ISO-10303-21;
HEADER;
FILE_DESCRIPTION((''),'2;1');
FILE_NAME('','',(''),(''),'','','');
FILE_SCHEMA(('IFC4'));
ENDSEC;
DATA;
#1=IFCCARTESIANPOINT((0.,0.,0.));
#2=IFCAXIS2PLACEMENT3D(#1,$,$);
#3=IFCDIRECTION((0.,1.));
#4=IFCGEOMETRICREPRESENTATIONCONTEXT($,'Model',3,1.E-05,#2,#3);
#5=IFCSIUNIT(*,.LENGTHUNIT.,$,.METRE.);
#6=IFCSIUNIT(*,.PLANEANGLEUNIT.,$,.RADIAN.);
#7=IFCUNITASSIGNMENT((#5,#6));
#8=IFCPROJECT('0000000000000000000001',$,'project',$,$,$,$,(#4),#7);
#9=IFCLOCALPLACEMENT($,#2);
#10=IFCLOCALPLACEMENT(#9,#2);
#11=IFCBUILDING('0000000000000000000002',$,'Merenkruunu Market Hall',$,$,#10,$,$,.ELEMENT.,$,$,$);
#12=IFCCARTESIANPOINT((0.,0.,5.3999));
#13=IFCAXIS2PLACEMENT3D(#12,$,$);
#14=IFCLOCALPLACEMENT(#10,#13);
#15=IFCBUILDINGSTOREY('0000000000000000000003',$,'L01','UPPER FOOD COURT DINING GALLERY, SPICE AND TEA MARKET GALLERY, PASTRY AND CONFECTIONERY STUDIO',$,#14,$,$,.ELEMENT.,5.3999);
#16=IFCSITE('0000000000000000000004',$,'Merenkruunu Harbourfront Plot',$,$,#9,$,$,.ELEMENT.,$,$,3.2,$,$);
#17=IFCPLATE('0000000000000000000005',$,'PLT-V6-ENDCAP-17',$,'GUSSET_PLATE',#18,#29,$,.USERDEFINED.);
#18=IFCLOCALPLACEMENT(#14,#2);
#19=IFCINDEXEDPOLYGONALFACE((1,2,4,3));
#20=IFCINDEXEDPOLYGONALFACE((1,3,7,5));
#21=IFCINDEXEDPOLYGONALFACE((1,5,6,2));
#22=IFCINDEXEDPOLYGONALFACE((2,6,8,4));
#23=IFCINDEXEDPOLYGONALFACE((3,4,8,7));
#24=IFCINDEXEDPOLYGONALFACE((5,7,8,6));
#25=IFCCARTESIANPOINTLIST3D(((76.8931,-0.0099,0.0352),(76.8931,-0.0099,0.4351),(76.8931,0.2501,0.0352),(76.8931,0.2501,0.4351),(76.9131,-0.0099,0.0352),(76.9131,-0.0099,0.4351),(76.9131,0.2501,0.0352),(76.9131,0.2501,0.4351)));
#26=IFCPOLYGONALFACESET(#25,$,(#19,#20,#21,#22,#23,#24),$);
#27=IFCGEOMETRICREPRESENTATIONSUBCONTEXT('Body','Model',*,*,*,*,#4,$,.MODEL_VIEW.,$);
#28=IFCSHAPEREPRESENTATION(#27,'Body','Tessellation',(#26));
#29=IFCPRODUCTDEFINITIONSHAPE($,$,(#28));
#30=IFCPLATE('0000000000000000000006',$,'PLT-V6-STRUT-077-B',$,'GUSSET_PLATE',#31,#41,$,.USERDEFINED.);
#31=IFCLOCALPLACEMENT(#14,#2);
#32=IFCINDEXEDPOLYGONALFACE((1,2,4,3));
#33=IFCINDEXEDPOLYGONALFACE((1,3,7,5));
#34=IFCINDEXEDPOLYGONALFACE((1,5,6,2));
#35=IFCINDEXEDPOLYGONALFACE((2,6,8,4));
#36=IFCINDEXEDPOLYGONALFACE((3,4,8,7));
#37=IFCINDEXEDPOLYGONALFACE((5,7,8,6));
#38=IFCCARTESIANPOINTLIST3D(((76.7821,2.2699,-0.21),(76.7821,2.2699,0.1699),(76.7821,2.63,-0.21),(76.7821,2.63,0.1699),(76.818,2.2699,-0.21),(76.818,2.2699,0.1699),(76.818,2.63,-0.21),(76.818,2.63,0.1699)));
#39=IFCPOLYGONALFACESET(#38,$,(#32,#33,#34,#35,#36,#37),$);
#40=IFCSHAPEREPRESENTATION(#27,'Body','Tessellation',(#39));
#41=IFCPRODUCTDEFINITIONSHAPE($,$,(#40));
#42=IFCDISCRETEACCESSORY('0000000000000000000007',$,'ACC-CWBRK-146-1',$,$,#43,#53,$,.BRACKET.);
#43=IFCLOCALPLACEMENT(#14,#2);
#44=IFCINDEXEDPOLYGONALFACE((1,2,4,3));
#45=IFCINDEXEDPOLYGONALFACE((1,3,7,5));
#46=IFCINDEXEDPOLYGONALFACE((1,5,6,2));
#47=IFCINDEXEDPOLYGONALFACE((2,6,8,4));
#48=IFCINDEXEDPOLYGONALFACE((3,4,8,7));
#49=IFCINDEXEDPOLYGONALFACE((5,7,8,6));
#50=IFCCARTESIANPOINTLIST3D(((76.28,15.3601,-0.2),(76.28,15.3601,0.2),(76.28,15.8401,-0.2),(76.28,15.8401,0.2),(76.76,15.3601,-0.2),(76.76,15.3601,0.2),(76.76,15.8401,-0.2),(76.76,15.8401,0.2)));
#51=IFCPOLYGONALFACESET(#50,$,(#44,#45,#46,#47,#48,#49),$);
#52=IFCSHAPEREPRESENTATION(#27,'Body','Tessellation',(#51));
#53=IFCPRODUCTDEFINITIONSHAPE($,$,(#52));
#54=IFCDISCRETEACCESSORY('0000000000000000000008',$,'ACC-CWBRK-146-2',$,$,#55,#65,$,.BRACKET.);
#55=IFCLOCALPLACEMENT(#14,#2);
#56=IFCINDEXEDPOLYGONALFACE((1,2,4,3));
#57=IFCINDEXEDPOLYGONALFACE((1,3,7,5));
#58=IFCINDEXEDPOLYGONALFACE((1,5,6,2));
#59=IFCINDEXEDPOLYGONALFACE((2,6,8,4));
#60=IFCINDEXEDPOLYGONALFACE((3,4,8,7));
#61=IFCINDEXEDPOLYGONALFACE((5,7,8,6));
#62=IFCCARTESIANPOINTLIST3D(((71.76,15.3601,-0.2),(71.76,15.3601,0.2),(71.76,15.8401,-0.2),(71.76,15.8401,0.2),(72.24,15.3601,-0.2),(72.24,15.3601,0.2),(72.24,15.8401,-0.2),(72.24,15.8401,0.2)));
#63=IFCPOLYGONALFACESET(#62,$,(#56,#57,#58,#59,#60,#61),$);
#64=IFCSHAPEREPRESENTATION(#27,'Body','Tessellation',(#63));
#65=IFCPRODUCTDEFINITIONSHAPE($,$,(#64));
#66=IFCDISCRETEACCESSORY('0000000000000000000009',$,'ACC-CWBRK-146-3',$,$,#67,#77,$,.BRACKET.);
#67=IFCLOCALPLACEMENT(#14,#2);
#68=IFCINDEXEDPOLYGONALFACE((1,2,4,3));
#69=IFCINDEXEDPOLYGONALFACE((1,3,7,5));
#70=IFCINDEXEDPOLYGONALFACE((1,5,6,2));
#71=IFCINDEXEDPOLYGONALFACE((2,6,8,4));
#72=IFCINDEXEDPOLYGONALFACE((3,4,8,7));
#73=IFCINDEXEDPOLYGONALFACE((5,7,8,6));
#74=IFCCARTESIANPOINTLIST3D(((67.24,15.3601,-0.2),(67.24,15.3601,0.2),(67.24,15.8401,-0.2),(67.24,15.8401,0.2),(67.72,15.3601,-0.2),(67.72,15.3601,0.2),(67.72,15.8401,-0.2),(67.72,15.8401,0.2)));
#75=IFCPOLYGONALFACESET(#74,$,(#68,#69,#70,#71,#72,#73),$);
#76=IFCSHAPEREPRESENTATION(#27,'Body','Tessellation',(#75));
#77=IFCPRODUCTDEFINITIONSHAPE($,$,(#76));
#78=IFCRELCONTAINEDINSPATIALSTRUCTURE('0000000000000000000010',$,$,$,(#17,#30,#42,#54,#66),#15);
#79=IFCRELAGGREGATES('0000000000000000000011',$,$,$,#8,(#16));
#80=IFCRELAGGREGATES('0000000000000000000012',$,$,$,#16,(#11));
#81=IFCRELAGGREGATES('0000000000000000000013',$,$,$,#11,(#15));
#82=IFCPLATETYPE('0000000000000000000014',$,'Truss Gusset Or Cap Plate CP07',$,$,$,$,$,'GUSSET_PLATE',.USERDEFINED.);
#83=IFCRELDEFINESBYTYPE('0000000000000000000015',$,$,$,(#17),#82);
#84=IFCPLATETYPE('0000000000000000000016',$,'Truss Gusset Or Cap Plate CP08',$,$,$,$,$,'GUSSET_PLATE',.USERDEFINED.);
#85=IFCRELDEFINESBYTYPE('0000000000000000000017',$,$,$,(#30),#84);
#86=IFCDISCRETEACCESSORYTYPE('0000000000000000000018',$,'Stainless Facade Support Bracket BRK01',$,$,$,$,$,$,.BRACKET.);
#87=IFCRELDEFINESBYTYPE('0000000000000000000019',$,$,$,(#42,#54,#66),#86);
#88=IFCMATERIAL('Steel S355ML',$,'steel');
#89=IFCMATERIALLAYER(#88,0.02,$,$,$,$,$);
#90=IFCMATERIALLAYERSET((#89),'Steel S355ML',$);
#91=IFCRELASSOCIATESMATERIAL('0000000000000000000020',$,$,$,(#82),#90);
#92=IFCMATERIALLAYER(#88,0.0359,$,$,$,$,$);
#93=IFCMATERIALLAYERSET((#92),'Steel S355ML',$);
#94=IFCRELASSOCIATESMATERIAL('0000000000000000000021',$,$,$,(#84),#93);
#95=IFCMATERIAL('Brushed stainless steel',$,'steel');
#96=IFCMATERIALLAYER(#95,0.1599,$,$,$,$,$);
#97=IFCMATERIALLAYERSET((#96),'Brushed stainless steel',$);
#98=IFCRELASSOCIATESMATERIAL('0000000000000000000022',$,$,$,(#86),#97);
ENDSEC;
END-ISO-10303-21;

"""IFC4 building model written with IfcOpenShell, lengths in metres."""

from ifc_helpers import new_model, si_unit, direction, frame, origin, origin_2d, place, context, subcontext, project, spatial, rectangle, extrude, material, layer, layer_set, type_object, element, save


model = new_model("IFC4")

# Units and contexts
model_context = context("Model", 3, precision=1e-05, world=origin(), true_north=direction((0.0, 1.0)))
body_context = subcontext(model_context, "Body", "Model", "MODEL_VIEW")
ifc_project = project(units=[si_unit("LENGTHUNIT", "METRE"), si_unit("PLANEANGLEUNIT", "RADIAN")], contexts=[model_context])

# Site, building, storey
site_placement = place(None, origin())
site = spatial("IfcSite", under=ifc_project, at=site_placement, Name="Merenkruunu Harbourfront Plot", CompositionType="ELEMENT", RefElevation=3.2)
building_placement = place(site_placement, origin())
building = spatial("IfcBuilding", under=site, at=building_placement, Name="Merenkruunu Market Hall", CompositionType="ELEMENT")
storey_placement = place(building_placement, frame((0.0, 0.0, 5.3999)))
storey = spatial("IfcBuildingStorey", under=building, at=storey_placement, Name="L01", Description="UPPER FOOD COURT DINING GALLERY, SPICE AND TEA MARKET GALLERY, PASTRY AND CONFECTIONERY STUDIO", CompositionType="ELEMENT", Elevation=5.3999)

# Shared definitions
ifc_material_1 = material(Name="Steel S355ML", Category="steel")

# Plates
ifc_layer_1 = layer(ifc_material_1, 0.02)
ifc_layer_set_1 = layer_set([ifc_layer_1], Name="Steel S355ML")
plate_type_1 = type_object("IfcPlateType", Name="Truss Gusset Or Cap Plate CP07", ElementType="GUSSET_PLATE", PredefinedType="USERDEFINED", material=ifc_layer_set_1)
for number, where, z_axis, x_axis, name in (
    (1, (76.9031, 0.1201, 0.0352), (0.0, 0.0, 1.0), (1.0, 0.0, 0.0), "PLT-V6-ENDCAP-17"),
):
    element("IfcPlate", number, at=place(storey_placement, frame(where, z_axis=z_axis, x_axis=x_axis)), inside=storey, type_object=plate_type_1, Name=name, ObjectType="GUSSET_PLATE", PredefinedType="USERDEFINED", context=body_context, shape_type="SweptSolid", body=[
        extrude(rectangle(XDim=0.02, YDim=0.26, at=origin_2d()), origin(), (0.0, 0.0, 1.0), 0.3999),
    ])
ifc_layer_2 = layer(ifc_material_1, 0.0359)
ifc_layer_set_2 = layer_set([ifc_layer_2], Name="Steel S355ML")
plate_type_2 = type_object("IfcPlateType", Name="Truss Gusset Or Cap Plate CP08", ElementType="GUSSET_PLATE", PredefinedType="USERDEFINED", material=ifc_layer_set_2)
plate_1_placement = place(storey_placement, frame((76.8, 2.45, -0.21), z_axis=(0.0, 0.0, 1.0), x_axis=(1.0, 0.0, 0.0)))
element("IfcPlate", 2, at=plate_1_placement, inside=storey, type_object=plate_type_2, Name="PLT-V6-STRUT-077-B", ObjectType="GUSSET_PLATE", PredefinedType="USERDEFINED", context=body_context, shape_type="SweptSolid", body=[
    extrude(rectangle(XDim=0.0359, YDim=0.3601, at=origin_2d()), origin(), (0.0, 0.0, 1.0), 0.3799),
])

# Discrete accessories
ifc_material_2 = material(Name="Brushed stainless steel", Category="steel")
ifc_layer_3 = layer(ifc_material_2, 0.1599)
ifc_layer_set_3 = layer_set([ifc_layer_3], Name="Brushed stainless steel")
discrete_accessory_type = type_object("IfcDiscreteAccessoryType", Name="Stainless Facade Support Bracket BRK01", PredefinedType="BRACKET", material=ifc_layer_set_3)
for number, where, z_axis, x_axis, name in (
    (3, (76.52, 15.6001, -0.2), (0.0, 0.0, 1.0), (1.0, 0.0, 0.0), "ACC-CWBRK-146-1"),
    (4, (72.0, 15.6001, -0.2), (0.0, 0.0, 1.0), (1.0, 0.0, 0.0), "ACC-CWBRK-146-2"),
    (5, (67.48, 15.6001, -0.2), (0.0, 0.0, 1.0), (1.0, 0.0, 0.0), "ACC-CWBRK-146-3"),
):
    element("IfcDiscreteAccessory", number, at=place(storey_placement, frame(where, z_axis=z_axis, x_axis=x_axis)), inside=storey, type_object=discrete_accessory_type, Name=name, PredefinedType="BRACKET", context=body_context, shape_type="SweptSolid", body=[
        extrude(rectangle(XDim=0.48, YDim=0.48, at=origin_2d()), origin(), (0.0, 0.0, 1.0), 0.3999),
    ])

save(model, "model.ifc")
